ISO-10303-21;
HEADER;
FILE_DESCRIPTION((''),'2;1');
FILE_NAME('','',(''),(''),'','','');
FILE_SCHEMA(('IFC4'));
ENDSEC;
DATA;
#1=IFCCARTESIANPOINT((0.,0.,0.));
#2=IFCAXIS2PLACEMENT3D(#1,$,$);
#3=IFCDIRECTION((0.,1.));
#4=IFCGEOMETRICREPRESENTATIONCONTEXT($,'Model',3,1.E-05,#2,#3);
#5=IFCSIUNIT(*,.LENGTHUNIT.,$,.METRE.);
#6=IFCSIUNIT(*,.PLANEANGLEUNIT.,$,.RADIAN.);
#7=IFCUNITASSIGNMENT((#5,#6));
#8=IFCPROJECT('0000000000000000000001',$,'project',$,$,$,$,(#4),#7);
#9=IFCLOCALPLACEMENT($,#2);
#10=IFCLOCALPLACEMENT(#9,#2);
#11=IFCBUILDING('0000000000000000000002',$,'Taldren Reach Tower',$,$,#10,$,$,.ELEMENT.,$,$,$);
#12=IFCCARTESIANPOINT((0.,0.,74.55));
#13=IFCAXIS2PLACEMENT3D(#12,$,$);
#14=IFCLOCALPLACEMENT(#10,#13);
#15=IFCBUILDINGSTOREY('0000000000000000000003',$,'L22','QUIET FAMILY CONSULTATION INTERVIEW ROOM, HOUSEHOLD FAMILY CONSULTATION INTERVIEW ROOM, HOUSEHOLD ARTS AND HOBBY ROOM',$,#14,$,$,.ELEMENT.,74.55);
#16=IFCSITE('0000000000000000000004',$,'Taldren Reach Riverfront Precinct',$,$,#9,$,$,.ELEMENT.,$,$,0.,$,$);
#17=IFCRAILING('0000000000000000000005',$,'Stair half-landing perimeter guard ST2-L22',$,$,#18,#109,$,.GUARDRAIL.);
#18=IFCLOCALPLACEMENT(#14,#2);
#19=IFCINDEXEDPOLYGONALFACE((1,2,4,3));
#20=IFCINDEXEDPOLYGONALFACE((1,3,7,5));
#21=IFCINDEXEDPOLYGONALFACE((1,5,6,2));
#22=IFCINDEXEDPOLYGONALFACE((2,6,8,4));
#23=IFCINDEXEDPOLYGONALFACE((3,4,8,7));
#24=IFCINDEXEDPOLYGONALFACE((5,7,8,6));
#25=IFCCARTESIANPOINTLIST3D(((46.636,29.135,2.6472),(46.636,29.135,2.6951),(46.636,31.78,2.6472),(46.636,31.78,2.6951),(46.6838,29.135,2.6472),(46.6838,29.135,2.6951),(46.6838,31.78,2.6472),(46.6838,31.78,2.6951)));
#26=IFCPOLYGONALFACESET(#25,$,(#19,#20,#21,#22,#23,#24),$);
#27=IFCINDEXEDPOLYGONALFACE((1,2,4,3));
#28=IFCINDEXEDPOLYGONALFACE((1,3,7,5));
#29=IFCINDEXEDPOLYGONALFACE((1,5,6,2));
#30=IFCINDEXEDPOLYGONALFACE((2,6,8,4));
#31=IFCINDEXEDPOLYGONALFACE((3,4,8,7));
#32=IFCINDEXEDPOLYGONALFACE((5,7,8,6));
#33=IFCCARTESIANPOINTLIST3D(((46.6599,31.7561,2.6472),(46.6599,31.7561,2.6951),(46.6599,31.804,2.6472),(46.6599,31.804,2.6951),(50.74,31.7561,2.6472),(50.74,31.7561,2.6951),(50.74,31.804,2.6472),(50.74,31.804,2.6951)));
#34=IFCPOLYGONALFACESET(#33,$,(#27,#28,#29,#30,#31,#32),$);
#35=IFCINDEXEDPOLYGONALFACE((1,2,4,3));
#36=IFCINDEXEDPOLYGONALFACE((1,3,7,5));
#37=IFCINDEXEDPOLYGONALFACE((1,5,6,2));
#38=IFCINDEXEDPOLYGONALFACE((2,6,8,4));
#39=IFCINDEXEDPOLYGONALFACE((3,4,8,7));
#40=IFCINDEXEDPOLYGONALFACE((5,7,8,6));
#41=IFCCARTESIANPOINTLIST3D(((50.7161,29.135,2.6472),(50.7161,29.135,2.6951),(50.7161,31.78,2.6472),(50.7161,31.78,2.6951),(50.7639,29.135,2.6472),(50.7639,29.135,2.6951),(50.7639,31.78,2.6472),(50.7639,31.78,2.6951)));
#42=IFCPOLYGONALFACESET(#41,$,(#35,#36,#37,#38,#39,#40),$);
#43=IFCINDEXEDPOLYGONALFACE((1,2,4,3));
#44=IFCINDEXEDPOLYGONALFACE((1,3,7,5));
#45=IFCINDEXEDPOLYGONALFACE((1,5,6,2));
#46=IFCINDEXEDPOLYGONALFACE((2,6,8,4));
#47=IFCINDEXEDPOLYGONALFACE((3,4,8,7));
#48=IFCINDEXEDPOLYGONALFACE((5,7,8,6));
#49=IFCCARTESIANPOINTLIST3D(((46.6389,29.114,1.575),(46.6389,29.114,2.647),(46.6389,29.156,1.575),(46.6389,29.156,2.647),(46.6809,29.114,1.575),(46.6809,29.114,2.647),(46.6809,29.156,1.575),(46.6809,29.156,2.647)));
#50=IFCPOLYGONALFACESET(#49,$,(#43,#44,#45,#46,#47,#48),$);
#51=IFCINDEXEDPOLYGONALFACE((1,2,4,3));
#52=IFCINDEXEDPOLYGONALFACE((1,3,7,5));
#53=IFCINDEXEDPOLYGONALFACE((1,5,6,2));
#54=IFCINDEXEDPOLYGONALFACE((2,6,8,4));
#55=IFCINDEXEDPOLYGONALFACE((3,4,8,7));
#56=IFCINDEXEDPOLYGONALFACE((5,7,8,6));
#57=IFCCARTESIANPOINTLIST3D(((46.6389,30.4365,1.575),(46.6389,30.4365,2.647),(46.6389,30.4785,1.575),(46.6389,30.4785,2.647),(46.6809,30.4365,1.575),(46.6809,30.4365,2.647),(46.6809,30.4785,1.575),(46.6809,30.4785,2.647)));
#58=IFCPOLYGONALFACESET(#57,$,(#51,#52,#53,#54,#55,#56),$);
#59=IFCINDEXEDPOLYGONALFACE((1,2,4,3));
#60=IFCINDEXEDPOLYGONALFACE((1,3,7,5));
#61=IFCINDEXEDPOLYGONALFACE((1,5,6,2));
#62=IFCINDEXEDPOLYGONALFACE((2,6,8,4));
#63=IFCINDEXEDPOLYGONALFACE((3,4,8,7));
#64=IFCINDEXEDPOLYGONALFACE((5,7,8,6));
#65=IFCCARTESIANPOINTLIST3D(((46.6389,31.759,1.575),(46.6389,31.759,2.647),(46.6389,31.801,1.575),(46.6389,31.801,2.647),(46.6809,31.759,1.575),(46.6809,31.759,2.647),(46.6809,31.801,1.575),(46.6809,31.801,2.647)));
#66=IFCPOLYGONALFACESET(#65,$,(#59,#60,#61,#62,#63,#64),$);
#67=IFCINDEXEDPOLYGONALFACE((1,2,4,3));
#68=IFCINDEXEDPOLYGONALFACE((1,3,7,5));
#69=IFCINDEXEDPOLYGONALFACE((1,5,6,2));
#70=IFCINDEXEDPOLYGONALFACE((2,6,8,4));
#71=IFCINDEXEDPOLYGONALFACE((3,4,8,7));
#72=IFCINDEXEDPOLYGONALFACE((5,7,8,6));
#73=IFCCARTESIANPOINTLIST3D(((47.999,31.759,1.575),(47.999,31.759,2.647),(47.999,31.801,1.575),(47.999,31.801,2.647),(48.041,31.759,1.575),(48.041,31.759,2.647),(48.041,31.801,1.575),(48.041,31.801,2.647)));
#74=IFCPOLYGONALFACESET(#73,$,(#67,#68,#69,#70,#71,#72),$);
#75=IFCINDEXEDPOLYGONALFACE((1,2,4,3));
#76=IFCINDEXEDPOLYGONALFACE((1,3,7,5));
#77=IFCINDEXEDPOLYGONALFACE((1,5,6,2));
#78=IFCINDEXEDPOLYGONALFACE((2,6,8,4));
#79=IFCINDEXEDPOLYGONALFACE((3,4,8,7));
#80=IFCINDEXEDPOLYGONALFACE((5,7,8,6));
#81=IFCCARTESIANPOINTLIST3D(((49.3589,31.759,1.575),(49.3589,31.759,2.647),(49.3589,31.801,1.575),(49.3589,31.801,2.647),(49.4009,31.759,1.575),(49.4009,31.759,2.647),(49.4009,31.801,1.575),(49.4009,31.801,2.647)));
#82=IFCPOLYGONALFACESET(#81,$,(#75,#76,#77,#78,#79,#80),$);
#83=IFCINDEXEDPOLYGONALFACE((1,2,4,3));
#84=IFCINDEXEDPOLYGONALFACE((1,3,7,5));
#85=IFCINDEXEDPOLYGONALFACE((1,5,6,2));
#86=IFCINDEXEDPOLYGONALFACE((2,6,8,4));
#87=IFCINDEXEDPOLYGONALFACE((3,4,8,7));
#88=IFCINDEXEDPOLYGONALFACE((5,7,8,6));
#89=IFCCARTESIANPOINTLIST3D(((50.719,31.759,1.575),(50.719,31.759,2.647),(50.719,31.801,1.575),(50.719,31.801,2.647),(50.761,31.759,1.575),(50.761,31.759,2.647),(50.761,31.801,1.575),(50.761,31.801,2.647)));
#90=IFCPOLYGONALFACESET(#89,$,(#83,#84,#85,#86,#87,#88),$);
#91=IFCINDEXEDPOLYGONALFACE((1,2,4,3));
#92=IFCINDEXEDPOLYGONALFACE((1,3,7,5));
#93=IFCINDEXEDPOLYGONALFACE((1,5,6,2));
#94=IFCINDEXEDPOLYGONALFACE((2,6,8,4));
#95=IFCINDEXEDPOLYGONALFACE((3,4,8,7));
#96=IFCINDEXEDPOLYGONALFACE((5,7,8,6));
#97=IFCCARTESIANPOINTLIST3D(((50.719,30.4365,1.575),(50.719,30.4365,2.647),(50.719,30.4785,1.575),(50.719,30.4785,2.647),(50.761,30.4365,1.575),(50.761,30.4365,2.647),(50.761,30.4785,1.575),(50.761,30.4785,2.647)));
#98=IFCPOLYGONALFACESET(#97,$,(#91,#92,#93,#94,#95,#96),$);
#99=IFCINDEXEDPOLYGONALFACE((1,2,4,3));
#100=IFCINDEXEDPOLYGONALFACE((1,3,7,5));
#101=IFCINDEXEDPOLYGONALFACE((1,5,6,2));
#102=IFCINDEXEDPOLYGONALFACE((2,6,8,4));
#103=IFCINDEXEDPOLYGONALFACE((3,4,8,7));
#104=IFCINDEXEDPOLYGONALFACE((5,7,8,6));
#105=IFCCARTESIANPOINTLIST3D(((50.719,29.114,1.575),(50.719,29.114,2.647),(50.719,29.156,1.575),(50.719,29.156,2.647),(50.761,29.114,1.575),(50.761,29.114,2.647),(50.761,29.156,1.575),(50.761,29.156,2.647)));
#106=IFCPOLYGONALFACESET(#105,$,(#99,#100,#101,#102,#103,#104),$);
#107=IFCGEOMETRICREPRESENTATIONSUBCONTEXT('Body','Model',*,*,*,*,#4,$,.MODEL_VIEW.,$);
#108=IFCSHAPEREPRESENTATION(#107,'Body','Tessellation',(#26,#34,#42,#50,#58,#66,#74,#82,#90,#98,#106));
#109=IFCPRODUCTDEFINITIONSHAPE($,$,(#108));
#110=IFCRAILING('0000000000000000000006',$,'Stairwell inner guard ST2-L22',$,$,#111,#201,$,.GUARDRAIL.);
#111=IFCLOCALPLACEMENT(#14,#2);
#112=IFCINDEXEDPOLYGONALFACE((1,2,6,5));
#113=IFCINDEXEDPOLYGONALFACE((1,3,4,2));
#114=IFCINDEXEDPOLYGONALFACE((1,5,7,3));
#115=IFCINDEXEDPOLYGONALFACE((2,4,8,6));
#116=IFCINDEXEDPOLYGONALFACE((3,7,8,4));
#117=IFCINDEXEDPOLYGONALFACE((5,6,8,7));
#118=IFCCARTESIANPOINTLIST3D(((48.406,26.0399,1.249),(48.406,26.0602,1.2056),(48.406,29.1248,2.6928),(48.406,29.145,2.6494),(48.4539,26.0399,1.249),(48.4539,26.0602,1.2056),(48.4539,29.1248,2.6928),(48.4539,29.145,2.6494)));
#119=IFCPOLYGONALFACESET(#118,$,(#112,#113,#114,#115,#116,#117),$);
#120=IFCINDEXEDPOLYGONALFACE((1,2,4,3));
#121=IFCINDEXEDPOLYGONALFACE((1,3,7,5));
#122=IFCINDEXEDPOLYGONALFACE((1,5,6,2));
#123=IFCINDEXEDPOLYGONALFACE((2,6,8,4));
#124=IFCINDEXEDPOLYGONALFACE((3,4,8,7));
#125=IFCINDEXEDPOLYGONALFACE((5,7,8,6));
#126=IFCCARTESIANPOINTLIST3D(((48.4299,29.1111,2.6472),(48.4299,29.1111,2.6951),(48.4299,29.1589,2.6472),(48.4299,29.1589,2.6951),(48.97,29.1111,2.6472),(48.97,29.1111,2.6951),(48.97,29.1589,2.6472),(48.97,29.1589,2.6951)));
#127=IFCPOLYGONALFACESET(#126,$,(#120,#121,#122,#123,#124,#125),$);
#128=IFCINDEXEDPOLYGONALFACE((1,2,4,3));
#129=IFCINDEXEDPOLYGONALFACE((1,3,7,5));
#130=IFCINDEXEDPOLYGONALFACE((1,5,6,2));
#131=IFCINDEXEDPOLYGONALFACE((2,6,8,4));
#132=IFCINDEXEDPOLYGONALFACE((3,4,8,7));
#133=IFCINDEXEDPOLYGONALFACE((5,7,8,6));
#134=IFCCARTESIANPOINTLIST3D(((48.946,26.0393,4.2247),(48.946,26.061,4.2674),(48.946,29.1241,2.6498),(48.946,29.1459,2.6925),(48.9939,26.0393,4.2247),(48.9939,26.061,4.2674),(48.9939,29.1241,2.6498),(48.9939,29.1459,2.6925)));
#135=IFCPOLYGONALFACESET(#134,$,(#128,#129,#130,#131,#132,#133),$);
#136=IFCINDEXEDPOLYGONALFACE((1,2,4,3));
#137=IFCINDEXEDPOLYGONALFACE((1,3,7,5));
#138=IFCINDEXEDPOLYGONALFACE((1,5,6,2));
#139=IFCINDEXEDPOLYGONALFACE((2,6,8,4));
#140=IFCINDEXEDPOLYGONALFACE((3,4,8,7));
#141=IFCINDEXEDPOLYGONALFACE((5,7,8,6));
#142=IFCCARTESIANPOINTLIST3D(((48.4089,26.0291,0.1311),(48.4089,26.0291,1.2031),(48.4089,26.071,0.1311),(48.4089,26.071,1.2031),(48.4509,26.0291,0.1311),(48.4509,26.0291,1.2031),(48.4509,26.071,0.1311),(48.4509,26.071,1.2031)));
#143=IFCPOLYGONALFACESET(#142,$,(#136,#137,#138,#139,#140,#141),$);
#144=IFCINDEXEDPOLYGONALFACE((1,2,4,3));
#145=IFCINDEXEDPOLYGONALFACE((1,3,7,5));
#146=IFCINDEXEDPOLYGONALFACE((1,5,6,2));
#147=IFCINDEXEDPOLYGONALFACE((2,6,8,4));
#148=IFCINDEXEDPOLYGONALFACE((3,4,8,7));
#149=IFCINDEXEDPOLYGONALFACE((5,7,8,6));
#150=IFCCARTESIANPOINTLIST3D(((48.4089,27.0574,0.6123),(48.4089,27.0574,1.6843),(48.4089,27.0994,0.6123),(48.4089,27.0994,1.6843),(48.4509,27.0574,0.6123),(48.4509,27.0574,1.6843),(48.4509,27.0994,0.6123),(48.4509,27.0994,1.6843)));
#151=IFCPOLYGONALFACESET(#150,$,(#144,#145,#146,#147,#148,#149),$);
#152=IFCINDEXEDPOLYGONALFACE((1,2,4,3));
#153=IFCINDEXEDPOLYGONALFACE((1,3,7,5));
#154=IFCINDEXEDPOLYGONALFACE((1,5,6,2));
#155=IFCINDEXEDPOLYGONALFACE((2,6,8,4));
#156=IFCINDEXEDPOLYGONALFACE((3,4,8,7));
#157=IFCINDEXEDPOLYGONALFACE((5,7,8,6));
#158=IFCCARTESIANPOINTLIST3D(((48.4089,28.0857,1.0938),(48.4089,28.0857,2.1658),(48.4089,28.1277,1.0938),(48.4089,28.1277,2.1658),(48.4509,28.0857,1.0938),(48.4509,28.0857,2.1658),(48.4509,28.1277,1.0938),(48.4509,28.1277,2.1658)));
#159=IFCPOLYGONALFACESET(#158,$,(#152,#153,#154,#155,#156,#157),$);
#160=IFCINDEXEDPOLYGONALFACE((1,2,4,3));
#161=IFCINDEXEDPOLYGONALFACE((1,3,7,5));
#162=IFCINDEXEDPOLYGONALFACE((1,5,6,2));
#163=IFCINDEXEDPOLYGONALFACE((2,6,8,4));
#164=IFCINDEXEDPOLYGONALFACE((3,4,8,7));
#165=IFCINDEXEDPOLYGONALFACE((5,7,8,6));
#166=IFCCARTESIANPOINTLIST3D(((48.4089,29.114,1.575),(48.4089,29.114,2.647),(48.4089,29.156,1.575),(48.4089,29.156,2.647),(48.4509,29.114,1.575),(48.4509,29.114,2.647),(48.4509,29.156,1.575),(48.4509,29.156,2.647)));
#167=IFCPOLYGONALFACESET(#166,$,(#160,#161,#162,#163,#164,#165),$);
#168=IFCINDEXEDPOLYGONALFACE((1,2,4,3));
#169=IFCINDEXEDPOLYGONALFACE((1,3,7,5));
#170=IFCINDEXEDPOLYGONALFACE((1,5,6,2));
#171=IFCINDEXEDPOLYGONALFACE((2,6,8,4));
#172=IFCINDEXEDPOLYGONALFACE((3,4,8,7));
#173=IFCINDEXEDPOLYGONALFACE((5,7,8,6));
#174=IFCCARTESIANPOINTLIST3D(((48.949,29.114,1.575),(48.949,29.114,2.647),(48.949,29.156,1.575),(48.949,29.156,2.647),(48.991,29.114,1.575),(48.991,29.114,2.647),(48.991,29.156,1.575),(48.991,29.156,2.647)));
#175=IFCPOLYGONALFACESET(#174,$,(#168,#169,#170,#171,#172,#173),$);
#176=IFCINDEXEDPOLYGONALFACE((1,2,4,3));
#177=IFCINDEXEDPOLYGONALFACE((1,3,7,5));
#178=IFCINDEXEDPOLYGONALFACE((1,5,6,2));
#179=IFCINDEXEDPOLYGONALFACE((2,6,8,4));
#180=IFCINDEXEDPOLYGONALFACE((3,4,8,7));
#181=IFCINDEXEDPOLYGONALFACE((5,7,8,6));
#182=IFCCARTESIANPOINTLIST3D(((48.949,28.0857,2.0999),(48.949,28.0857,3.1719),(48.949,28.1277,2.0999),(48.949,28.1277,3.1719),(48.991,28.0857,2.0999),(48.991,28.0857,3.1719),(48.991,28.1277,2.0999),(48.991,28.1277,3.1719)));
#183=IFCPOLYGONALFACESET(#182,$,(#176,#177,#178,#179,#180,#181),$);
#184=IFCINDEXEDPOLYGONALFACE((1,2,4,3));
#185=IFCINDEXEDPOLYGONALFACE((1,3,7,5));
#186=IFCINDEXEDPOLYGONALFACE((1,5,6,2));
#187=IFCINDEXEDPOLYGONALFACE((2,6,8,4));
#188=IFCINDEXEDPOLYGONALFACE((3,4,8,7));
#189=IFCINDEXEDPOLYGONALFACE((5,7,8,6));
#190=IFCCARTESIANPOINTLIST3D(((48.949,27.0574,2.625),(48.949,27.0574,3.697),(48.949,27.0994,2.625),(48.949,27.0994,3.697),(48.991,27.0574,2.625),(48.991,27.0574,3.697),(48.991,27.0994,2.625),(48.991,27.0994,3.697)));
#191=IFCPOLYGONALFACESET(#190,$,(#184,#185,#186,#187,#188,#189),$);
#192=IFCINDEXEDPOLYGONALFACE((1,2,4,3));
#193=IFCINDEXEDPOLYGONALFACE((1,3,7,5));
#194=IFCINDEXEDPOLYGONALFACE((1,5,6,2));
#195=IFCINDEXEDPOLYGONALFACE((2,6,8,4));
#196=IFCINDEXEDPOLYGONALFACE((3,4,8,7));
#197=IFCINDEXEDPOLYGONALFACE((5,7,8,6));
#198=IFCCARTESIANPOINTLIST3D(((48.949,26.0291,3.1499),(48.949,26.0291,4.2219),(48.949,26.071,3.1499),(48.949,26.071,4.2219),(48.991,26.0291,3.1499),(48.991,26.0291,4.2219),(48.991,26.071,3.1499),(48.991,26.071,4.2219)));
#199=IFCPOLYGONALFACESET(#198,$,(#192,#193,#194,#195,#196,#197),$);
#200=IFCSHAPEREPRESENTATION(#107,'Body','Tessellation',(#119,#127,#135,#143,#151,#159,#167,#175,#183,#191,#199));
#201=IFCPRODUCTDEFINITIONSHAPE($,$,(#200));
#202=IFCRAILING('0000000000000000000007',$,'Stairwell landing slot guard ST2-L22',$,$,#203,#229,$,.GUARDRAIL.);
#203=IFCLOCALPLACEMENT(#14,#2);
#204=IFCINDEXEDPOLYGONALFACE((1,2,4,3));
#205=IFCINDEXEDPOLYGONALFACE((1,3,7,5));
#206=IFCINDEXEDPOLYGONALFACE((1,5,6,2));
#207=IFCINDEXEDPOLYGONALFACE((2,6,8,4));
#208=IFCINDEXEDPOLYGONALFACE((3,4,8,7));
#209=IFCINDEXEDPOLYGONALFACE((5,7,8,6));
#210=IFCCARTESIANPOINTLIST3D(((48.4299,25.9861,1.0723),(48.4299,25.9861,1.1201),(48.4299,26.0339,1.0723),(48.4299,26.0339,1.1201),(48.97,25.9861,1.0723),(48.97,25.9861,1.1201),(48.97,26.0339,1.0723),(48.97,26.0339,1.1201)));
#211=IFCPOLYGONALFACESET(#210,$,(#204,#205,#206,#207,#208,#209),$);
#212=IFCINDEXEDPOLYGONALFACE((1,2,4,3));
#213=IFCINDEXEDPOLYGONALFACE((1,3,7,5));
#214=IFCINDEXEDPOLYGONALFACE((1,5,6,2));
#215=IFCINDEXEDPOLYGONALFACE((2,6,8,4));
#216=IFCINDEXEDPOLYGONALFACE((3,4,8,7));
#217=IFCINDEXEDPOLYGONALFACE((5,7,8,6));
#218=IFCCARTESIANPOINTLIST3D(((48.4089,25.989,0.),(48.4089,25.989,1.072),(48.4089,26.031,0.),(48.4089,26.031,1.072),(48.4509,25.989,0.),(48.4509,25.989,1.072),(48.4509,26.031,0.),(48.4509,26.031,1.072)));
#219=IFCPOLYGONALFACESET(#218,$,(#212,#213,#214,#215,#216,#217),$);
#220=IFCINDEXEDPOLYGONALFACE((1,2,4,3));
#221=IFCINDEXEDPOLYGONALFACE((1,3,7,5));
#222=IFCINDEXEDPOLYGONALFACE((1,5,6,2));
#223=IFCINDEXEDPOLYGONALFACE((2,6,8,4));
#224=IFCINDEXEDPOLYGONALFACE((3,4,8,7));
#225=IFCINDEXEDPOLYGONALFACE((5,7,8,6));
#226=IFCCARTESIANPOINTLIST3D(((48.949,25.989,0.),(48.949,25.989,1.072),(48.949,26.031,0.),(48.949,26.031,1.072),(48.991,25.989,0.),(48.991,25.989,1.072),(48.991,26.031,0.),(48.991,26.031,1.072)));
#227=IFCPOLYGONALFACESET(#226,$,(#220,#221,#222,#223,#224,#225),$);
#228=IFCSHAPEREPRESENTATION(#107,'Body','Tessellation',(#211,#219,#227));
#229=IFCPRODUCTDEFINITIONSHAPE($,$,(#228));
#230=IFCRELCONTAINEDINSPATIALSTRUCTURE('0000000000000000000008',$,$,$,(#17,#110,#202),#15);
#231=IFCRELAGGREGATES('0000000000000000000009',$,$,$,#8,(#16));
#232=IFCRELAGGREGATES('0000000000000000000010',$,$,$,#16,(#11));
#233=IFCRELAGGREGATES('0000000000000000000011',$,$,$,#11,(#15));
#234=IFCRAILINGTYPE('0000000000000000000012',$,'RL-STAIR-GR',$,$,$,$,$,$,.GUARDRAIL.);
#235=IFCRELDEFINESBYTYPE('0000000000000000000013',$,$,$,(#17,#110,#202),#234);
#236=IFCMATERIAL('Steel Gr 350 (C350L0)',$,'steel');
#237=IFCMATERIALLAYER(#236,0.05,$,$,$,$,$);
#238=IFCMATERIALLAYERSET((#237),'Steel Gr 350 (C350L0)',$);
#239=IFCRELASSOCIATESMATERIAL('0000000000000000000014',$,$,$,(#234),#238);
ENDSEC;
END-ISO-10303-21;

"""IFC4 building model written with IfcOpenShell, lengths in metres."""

from ifc_helpers import new_model, si_unit, direction, frame, origin, origin_2d, place, context, subcontext, project, spatial, rectangle, extrude, material, layer, layer_set, type_object, element, save


model = new_model("IFC4")

# Units and contexts
model_context = context("Model", 3, precision=1e-05, world=origin(), true_north=direction((0.0, 1.0)))
body_context = subcontext(model_context, "Body", "Model", "MODEL_VIEW")
ifc_project = project(units=[si_unit("LENGTHUNIT", "METRE"), si_unit("PLANEANGLEUNIT", "RADIAN")], contexts=[model_context])

# Site, building, storey
site_placement = place(None, origin())
site = spatial("IfcSite", under=ifc_project, at=site_placement, Name="Taldren Reach Riverfront Precinct", CompositionType="ELEMENT", RefElevation=0.0)
building_placement = place(site_placement, origin())
building = spatial("IfcBuilding", under=site, at=building_placement, Name="Taldren Reach Tower", CompositionType="ELEMENT")
storey_placement = place(building_placement, frame((0.0, 0.0, 74.55)))
storey = spatial("IfcBuildingStorey", under=building, at=storey_placement, Name="L22", Description="QUIET FAMILY CONSULTATION INTERVIEW ROOM, HOUSEHOLD FAMILY CONSULTATION INTERVIEW ROOM, HOUSEHOLD ARTS AND HOBBY ROOM", CompositionType="ELEMENT", Elevation=74.55)

# Shared definitions
ifc_material_1 = material(Name="Steel Gr 350 (C350L0)", Category="steel")

# Railings
ifc_layer_1 = layer(ifc_material_1, 0.05)
ifc_layer_set_1 = layer_set([ifc_layer_1], Name="Steel Gr 350 (C350L0)")
railing_type_1 = type_object("IfcRailingType", Name="RL-STAIR-GR", PredefinedType="GUARDRAIL", material=ifc_layer_set_1)
railing_1_placement = place(storey_placement, frame((46.6599, 29.135, 1.575)))
element("IfcRailing", 1, at=railing_1_placement, inside=storey, type_object=railing_type_1, Name="Stair half-landing perimeter guard ST2-L22", PredefinedType="GUARDRAIL", context=body_context, shape_type="SweptSolid", body=[
    extrude(rectangle(XDim=0.0479, YDim=0.0479, at=origin_2d()), frame((0.0, 0.0, 1.0962), z_axis=(0.0, 1.0, 0.0), x_axis=(-1.0, 0.0, 0.0)), (0.0, 0.0, 1.0), 2.645),
    extrude(rectangle(XDim=0.0479, YDim=0.0479, at=origin_2d()), frame((0.0, 2.645, 1.0962), z_axis=(1.0, 0.0, 0.0), x_axis=(0.0, 1.0, 0.0)), (0.0, 0.0, 1.0), 4.0801),
    extrude(rectangle(XDim=0.0479, YDim=0.0479, at=origin_2d()), frame((4.0801, 2.645, 1.0962), z_axis=(0.0, -1.0, 0.0), x_axis=(1.0, 0.0, 0.0)), (0.0, 0.0, 1.0), 2.645),
    extrude(rectangle(XDim=0.042, YDim=0.042, at=origin_2d()), origin(), (0.0, 0.0, 1.0), 1.072),
    extrude(rectangle(XDim=0.042, YDim=0.042, at=origin_2d()), frame((0.0, 1.3225, 0.0)), (0.0, 0.0, 1.0), 1.072),
    extrude(rectangle(XDim=0.042, YDim=0.042, at=origin_2d()), frame((0.0, 2.645, 0.0)), (0.0, 0.0, 1.0), 1.072),
    extrude(rectangle(XDim=0.042, YDim=0.042, at=origin_2d()), frame((1.3601, 2.645, 0.0)), (0.0, 0.0, 1.0), 1.072),
    extrude(rectangle(XDim=0.042, YDim=0.042, at=origin_2d()), frame((2.72, 2.645, 0.0)), (0.0, 0.0, 1.0), 1.072),
    extrude(rectangle(XDim=0.042, YDim=0.042, at=origin_2d()), frame((4.0801, 2.645, 0.0)), (0.0, 0.0, 1.0), 1.072),
    extrude(rectangle(XDim=0.042, YDim=0.042, at=origin_2d()), frame((4.0801, 1.3225, 0.0)), (0.0, 0.0, 1.0), 1.072),
    extrude(rectangle(XDim=0.042, YDim=0.042, at=origin_2d()), frame((4.0801, 0.0, 0.0)), (0.0, 0.0, 1.0), 1.072),
])
railing_2_placement = place(storey_placement, frame((48.4299, 26.05, 0.1311)))
element("IfcRailing", 2, at=railing_2_placement, inside=storey, type_object=railing_type_1, Name="Stairwell inner guard ST2-L22", PredefinedType="GUARDRAIL", context=body_context, shape_type="SweptSolid", body=[
    extrude(rectangle(XDim=0.0479, YDim=0.0479, at=origin_2d()), frame((0.0, 0.0, 1.0962), z_axis=(0.0, 0.90571, 0.423898), x_axis=(-1.0, 0.0, 0.0)), (0.0, 0.0, 1.0), 3.406),
    extrude(rectangle(XDim=0.0479, YDim=0.0479, at=origin_2d()), frame((0.0, 3.085, 2.54), z_axis=(1.0, 0.0, 0.0), x_axis=(0.0, 1.0, 0.0)), (0.0, 0.0, 1.0), 0.54),
    extrude(rectangle(XDim=0.0479, YDim=0.0479, at=origin_2d()), frame((0.54, 3.085, 2.54), z_axis=(0.0, -0.890646, 0.454697), x_axis=(1.0, 0.0, 0.0)), (0.0, 0.0, 1.0), 3.4636),
    extrude(rectangle(XDim=0.042, YDim=0.042, at=origin_2d()), origin(), (0.0, 0.0, 1.0), 1.072),
    extrude(rectangle(XDim=0.042, YDim=0.042, at=origin_2d()), frame((0.0, 1.0283, 0.4812)), (0.0, 0.0, 1.0), 1.072),
    extrude(rectangle(XDim=0.042, YDim=0.042, at=origin_2d()), frame((0.0, 2.0566, 0.9626)), (0.0, 0.0, 1.0), 1.072),
    extrude(rectangle(XDim=0.042, YDim=0.042, at=origin_2d()), frame((0.0, 3.085, 1.4438)), (0.0, 0.0, 1.0), 1.072),
    extrude(rectangle(XDim=0.042, YDim=0.042, at=origin_2d()), frame((0.54, 3.085, 1.4438)), (0.0, 0.0, 1.0), 1.072),
    extrude(rectangle(XDim=0.042, YDim=0.042, at=origin_2d()), frame((0.54, 2.0566, 1.9688)), (0.0, 0.0, 1.0), 1.072),
    extrude(rectangle(XDim=0.042, YDim=0.042, at=origin_2d()), frame((0.54, 1.0283, 2.4939)), (0.0, 0.0, 1.0), 1.072),
    extrude(rectangle(XDim=0.042, YDim=0.042, at=origin_2d()), frame((0.54, 0.0, 3.0188)), (0.0, 0.0, 1.0), 1.072),
])
railing_3_placement = place(storey_placement, frame((48.4299, 26.01, 0.0)))
element("IfcRailing", 3, at=railing_3_placement, inside=storey, type_object=railing_type_1, Name="Stairwell landing slot guard ST2-L22", PredefinedType="GUARDRAIL", context=body_context, shape_type="SweptSolid", body=[
    extrude(rectangle(XDim=0.0479, YDim=0.0479, at=origin_2d()), frame((0.0, 0.0, 1.0962), z_axis=(1.0, 0.0, 0.0), x_axis=(0.0, 1.0, 0.0)), (0.0, 0.0, 1.0), 0.54),
    extrude(rectangle(XDim=0.042, YDim=0.042, at=origin_2d()), origin(), (0.0, 0.0, 1.0), 1.072),
    extrude(rectangle(XDim=0.042, YDim=0.042, at=origin_2d()), frame((0.54, 0.0, 0.0)), (0.0, 0.0, 1.0), 1.072),
])

save(model, "model.ifc")
